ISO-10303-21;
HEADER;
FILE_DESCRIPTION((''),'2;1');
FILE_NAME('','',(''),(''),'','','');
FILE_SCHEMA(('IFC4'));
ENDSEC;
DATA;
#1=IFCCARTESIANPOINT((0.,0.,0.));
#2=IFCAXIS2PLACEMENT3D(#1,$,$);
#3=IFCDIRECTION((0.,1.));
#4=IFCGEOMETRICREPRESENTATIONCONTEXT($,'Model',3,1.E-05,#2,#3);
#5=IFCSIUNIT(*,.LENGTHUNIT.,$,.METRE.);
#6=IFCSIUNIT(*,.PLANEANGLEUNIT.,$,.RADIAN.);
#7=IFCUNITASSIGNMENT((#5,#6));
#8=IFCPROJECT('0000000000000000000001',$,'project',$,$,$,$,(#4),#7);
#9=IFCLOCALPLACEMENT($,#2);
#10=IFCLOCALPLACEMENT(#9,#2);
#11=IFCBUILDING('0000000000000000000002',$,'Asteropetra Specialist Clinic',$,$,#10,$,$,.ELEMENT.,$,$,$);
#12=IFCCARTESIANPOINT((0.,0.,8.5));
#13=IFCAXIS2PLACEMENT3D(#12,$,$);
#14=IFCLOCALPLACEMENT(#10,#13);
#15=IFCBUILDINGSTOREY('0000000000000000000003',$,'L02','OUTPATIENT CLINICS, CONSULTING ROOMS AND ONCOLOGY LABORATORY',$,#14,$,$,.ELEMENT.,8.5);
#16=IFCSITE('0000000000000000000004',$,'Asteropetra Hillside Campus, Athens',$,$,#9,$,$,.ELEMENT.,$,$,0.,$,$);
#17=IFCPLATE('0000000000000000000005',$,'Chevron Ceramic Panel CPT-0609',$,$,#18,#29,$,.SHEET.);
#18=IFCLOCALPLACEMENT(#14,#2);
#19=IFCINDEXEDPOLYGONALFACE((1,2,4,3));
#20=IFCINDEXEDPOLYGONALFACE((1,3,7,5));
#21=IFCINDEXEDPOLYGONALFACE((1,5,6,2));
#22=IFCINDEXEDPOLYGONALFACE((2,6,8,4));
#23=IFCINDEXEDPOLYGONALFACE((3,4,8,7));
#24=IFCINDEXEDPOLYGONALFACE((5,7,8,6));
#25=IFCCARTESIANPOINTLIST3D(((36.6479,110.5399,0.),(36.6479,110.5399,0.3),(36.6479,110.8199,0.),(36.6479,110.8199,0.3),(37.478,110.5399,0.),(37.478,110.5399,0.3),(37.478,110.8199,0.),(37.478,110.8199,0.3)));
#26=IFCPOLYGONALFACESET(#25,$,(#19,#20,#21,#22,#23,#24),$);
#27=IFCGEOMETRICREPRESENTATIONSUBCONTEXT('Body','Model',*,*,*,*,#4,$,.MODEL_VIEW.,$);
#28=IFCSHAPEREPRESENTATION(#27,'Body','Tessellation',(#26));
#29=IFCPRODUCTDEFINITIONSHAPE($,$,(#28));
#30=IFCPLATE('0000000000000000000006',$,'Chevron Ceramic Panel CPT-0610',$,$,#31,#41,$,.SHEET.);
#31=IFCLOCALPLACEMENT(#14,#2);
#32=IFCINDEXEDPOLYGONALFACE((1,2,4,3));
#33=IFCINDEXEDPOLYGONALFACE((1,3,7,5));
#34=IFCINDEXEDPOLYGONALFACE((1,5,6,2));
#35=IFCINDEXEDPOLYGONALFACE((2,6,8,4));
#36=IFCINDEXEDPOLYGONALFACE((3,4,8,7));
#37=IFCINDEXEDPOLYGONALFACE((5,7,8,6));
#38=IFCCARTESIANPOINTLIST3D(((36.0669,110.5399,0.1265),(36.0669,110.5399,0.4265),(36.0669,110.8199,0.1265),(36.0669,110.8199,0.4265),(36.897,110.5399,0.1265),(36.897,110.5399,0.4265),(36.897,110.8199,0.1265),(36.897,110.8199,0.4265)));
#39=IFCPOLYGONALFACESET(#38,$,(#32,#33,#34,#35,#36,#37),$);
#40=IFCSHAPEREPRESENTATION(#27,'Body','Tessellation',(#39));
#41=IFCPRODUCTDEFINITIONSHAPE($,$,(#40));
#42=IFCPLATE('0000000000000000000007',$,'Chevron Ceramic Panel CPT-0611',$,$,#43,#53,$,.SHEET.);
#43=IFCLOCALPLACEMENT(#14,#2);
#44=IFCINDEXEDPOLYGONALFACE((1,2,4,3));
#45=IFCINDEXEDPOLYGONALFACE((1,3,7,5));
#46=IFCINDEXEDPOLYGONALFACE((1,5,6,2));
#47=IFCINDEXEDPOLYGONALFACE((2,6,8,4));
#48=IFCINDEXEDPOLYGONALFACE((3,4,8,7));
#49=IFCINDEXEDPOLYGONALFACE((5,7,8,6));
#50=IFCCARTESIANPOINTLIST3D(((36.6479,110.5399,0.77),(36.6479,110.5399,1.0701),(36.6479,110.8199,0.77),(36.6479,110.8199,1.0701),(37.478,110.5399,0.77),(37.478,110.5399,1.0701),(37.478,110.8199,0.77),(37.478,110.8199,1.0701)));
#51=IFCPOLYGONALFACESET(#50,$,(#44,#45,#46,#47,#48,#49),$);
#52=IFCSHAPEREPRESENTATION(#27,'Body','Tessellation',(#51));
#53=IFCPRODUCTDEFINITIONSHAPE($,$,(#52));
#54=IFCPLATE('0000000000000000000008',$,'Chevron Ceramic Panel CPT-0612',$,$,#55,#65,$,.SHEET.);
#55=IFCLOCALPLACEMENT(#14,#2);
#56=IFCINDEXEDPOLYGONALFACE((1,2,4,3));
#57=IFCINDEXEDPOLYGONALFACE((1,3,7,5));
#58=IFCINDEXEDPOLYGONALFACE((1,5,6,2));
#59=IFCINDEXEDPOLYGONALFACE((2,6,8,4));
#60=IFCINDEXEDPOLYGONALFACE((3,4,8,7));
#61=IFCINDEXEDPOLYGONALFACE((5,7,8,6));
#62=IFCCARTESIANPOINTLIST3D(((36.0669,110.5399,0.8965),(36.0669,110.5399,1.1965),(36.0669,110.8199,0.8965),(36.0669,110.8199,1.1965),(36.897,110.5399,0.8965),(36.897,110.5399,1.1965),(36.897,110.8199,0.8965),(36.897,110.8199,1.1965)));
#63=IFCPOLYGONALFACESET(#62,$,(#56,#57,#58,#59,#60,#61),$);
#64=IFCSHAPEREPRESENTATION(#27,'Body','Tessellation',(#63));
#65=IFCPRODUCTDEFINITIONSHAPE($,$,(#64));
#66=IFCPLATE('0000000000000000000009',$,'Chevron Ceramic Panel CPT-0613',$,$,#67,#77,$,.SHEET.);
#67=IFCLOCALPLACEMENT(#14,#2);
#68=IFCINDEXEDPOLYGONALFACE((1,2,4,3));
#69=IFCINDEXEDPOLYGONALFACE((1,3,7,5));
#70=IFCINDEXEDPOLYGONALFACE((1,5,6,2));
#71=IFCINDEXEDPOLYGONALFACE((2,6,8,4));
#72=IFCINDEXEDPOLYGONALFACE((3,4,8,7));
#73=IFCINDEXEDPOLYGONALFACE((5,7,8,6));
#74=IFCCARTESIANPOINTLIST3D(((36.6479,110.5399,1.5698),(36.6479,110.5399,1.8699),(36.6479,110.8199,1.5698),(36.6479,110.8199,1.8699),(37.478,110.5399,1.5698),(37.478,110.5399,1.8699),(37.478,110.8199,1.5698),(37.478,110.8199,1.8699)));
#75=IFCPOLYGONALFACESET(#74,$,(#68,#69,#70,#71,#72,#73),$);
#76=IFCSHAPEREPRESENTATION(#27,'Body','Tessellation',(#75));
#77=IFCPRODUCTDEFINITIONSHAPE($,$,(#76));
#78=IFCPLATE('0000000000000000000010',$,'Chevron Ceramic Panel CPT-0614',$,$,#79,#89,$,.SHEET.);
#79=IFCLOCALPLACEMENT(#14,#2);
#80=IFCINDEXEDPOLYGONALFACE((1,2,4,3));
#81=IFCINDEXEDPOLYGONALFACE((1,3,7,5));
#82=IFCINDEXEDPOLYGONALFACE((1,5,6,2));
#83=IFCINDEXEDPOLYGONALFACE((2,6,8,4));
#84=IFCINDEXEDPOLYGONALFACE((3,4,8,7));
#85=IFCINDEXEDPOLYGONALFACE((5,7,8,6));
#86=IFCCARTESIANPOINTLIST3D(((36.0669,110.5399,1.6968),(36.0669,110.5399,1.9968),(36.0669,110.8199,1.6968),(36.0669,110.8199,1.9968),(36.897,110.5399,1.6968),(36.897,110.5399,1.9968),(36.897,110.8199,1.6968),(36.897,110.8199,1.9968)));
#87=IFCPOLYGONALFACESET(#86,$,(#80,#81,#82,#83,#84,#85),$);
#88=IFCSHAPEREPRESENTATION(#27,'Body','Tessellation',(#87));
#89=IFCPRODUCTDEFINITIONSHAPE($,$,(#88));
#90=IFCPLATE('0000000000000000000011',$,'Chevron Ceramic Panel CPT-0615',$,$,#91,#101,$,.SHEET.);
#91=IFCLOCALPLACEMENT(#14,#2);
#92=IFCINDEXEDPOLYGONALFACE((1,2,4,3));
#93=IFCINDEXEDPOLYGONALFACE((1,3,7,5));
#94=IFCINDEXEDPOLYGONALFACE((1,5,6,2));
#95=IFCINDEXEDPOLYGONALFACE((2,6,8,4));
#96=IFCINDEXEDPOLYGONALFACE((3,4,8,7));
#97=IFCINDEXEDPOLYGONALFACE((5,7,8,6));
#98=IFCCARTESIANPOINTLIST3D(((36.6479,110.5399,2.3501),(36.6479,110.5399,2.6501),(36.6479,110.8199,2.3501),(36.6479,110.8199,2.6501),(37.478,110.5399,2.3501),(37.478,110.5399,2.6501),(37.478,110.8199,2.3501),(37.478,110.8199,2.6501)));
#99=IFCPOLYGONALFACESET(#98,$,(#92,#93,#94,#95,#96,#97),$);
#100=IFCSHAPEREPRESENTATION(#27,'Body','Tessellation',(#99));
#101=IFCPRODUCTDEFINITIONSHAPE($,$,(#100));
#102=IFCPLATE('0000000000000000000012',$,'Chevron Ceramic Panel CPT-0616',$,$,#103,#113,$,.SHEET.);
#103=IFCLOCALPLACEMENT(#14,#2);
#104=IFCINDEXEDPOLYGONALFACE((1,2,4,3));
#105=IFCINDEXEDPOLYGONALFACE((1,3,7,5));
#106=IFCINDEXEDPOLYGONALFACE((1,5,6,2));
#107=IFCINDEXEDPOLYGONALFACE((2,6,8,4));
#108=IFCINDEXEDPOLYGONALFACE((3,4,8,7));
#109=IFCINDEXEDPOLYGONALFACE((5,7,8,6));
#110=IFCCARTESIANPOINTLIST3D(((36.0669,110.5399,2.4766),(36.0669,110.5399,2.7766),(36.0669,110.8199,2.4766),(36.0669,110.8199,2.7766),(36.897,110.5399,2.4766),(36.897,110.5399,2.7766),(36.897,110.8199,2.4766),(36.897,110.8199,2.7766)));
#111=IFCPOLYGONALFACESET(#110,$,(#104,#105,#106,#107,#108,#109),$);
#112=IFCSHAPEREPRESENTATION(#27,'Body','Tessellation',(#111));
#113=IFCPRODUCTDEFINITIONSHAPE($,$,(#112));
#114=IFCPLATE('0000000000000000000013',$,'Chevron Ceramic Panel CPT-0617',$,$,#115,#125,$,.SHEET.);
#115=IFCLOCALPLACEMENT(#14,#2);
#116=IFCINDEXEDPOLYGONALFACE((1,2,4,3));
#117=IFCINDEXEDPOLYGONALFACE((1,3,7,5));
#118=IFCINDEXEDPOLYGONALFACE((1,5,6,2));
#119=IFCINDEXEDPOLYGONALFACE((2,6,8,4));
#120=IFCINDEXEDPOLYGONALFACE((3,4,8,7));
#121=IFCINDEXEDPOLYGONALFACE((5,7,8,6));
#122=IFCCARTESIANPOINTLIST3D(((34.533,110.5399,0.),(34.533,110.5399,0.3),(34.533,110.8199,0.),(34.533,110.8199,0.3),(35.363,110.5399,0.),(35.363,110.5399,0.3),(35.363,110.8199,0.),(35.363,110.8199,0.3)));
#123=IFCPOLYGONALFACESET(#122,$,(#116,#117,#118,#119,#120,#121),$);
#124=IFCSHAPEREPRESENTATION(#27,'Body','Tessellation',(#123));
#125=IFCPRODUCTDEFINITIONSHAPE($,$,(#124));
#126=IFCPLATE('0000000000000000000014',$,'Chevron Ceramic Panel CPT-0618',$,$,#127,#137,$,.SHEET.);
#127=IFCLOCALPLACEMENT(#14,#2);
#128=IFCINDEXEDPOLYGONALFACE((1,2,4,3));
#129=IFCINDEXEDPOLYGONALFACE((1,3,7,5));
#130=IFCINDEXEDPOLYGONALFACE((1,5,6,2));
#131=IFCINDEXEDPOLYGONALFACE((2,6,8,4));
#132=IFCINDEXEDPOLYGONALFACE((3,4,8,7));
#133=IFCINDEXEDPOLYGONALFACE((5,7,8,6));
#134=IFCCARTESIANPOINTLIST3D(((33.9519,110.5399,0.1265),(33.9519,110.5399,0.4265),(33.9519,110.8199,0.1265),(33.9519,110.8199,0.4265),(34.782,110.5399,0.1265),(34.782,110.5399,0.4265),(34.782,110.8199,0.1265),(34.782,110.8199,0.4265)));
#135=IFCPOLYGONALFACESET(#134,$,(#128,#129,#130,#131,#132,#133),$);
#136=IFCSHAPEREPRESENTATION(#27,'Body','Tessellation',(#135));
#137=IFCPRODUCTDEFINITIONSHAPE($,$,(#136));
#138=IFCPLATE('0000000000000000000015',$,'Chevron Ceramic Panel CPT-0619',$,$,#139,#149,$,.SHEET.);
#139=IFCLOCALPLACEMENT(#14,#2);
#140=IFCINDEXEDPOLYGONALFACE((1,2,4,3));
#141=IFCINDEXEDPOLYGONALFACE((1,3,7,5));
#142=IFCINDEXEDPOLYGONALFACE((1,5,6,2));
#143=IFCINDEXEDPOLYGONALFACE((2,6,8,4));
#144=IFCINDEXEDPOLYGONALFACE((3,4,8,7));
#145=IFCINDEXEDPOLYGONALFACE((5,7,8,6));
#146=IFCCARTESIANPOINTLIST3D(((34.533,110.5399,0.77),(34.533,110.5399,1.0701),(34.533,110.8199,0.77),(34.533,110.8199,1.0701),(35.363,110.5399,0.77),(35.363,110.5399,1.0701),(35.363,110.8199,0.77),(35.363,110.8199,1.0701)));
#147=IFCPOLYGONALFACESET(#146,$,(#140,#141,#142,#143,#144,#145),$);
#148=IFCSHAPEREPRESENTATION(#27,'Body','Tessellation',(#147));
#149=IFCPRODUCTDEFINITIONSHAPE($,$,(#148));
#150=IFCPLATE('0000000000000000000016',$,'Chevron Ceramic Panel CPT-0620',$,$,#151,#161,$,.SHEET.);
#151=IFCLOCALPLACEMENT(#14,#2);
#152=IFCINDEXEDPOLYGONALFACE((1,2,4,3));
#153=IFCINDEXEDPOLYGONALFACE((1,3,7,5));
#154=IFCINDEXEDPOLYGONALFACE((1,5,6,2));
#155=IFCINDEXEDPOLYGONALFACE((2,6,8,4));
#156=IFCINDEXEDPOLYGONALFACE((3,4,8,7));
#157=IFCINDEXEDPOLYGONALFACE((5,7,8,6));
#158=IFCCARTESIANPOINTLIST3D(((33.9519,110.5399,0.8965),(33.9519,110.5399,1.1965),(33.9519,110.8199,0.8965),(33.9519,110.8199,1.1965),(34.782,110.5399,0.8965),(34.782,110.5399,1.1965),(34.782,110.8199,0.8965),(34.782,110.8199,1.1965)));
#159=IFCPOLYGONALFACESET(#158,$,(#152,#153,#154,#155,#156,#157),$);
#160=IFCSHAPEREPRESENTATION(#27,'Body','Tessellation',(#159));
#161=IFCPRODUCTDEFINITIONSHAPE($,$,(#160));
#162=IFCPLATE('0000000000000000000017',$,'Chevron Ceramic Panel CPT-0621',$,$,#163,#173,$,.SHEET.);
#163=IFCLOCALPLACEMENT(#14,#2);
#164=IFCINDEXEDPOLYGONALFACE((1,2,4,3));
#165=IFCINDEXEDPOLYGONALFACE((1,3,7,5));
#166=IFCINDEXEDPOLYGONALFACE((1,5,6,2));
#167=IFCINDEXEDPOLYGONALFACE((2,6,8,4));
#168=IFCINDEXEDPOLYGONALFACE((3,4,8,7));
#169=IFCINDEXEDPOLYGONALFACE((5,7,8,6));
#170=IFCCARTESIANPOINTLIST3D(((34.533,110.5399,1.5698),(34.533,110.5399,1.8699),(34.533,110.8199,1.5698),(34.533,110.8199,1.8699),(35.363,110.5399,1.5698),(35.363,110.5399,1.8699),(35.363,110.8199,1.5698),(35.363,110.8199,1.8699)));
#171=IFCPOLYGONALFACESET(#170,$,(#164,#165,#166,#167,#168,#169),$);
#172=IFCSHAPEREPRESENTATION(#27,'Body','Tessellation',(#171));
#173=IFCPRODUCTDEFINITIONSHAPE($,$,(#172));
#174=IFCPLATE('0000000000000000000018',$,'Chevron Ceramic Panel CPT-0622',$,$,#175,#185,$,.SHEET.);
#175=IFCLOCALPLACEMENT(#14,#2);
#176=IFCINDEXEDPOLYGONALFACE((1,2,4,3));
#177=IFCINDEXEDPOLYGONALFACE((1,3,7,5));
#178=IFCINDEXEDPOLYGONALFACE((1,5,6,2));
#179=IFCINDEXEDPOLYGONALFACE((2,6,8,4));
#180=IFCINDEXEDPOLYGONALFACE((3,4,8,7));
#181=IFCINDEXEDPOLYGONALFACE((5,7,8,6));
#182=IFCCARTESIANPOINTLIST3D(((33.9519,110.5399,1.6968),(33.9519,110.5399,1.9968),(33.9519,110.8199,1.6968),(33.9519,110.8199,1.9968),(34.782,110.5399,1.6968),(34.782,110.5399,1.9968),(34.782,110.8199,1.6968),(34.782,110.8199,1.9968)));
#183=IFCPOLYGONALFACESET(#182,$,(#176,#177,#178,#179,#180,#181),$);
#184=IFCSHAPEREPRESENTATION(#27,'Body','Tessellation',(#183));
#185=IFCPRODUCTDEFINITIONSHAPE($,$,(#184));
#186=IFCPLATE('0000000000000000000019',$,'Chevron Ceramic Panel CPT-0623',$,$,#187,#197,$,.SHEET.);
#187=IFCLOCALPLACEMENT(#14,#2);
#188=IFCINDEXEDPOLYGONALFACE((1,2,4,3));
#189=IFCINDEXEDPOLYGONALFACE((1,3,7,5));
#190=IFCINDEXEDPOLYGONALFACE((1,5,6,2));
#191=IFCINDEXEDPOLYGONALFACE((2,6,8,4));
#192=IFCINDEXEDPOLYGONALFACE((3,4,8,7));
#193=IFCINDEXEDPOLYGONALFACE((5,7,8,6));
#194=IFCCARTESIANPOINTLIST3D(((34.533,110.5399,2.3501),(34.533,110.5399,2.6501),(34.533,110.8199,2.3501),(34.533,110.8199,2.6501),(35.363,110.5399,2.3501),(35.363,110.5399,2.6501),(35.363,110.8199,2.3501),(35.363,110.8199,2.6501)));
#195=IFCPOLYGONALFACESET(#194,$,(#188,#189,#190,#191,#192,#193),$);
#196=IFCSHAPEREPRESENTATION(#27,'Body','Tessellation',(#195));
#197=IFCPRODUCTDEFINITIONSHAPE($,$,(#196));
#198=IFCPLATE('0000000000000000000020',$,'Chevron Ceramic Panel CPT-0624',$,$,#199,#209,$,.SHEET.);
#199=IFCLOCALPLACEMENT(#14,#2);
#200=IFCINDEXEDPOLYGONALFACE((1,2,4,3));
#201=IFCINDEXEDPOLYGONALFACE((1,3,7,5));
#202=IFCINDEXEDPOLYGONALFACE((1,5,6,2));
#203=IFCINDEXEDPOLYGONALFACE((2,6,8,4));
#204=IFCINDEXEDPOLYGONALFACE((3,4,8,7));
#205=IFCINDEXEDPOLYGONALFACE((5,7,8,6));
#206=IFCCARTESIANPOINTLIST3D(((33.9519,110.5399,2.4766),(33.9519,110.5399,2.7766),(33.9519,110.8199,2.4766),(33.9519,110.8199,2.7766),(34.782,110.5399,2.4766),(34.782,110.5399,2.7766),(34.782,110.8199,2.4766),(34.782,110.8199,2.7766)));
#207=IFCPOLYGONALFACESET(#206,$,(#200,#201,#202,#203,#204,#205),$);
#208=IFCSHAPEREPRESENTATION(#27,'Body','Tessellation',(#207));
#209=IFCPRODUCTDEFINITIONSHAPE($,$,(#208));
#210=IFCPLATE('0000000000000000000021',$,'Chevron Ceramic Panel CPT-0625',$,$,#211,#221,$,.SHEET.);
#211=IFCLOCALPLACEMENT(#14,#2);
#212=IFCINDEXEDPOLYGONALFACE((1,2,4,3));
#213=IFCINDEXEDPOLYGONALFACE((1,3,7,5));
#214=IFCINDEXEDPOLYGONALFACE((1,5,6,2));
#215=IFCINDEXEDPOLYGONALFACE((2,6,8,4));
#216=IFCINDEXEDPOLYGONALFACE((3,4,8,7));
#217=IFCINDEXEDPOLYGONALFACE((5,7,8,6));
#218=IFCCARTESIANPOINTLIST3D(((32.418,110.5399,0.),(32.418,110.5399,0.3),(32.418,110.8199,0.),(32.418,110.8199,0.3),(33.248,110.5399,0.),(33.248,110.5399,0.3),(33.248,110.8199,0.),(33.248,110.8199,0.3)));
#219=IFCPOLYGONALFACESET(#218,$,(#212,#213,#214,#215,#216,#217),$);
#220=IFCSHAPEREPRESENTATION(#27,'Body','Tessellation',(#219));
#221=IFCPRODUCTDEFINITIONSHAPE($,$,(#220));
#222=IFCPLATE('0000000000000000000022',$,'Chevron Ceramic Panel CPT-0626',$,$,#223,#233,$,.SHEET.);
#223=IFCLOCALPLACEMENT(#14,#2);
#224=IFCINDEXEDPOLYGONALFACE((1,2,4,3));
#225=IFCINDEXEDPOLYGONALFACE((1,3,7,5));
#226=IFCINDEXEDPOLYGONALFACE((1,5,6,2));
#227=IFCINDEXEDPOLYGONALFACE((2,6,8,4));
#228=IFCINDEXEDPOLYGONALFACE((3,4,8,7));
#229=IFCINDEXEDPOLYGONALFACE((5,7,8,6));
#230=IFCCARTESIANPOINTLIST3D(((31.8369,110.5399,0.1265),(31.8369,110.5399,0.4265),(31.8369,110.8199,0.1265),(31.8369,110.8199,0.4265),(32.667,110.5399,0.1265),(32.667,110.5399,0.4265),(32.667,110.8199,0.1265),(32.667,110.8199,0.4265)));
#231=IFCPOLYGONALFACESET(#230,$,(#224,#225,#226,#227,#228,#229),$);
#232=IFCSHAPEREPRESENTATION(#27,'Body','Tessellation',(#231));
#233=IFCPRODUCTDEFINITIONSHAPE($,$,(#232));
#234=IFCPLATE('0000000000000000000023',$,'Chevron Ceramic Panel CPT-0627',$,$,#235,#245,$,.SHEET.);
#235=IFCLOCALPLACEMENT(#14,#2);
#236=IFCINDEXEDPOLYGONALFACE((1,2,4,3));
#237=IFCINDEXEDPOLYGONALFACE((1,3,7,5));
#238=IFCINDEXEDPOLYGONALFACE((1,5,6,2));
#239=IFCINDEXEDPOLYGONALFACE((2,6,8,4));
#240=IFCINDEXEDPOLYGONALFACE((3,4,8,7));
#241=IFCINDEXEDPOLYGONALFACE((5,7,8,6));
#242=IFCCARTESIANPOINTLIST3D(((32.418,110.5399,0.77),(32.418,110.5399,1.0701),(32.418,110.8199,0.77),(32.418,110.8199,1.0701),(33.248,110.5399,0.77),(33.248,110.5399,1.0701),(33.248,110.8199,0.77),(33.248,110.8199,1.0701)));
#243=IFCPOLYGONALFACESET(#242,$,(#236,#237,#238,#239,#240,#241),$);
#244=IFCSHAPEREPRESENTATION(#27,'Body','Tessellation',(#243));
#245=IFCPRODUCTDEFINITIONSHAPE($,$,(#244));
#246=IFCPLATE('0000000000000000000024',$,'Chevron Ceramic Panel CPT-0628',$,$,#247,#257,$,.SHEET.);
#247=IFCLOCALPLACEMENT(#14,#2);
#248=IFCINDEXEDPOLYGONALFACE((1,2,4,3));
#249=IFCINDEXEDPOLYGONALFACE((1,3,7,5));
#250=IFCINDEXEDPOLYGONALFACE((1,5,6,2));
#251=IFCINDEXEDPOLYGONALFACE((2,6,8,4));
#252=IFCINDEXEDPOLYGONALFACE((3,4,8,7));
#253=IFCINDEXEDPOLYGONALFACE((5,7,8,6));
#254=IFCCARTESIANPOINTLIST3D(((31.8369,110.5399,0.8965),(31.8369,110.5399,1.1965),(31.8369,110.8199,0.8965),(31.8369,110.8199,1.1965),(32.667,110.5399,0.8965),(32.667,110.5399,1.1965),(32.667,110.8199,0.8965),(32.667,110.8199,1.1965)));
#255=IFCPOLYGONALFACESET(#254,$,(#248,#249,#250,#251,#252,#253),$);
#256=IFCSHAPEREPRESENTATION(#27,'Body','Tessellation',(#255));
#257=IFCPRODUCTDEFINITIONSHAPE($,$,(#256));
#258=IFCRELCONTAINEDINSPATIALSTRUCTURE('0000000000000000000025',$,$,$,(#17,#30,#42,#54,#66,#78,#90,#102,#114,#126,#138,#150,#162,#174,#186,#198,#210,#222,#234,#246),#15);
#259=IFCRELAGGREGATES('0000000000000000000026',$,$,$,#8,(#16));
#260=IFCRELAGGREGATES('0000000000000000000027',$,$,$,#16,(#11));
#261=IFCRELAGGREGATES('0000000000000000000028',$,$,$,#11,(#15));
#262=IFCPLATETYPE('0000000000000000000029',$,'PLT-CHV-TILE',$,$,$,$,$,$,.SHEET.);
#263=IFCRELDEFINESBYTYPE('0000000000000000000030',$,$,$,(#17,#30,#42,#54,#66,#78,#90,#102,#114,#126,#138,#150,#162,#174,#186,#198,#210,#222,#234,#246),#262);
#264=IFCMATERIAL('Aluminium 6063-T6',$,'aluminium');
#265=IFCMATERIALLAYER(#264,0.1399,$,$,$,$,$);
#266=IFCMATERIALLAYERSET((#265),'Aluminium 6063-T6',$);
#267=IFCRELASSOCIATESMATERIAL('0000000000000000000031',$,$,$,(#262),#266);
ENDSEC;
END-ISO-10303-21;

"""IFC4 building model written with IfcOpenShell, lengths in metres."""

from ifc_helpers import new_model, si_unit, direction, frame, origin, origin_2d, place, context, subcontext, project, spatial, rectangle, extrude, material, layer, layer_set, type_object, element, save


model = new_model("IFC4")

# Units and contexts
model_context = context("Model", 3, precision=1e-05, world=origin(), true_north=direction((0.0, 1.0)))
body_context = subcontext(model_context, "Body", "Model", "MODEL_VIEW")
ifc_project = project(units=[si_unit("LENGTHUNIT", "METRE"), si_unit("PLANEANGLEUNIT", "RADIAN")], contexts=[model_context])

# Site, building, storey
site_placement = place(None, origin())
site = spatial("IfcSite", under=ifc_project, at=site_placement, Name="Asteropetra Hillside Campus, Athens", CompositionType="ELEMENT", RefElevation=0.0)
building_placement = place(site_placement, origin())
building = spatial("IfcBuilding", under=site, at=building_placement, Name="Asteropetra Specialist Clinic", CompositionType="ELEMENT")
storey_placement = place(building_placement, frame((0.0, 0.0, 8.5)))
storey = spatial("IfcBuildingStorey", under=building, at=storey_placement, Name="L02", Description="OUTPATIENT CLINICS, CONSULTING ROOMS AND ONCOLOGY LABORATORY", CompositionType="ELEMENT", Elevation=8.5)

# Plates
ifc_material_1 = material(Name="Aluminium 6063-T6", Category="aluminium")
ifc_layer_1 = layer(ifc_material_1, 0.1399)
ifc_layer_set_1 = layer_set([ifc_layer_1], Name="Aluminium 6063-T6")
plate_type_1 = type_object("IfcPlateType", Name="PLT-CHV-TILE", PredefinedType="SHEET", material=ifc_layer_set_1)
for number, where, z_axis, x_axis, name in (
    (1, (37.063, 110.6799, 0.0), (0.0, 0.0, 1.0), (1.0, 0.0, 0.0), "Chevron Ceramic Panel CPT-0609"),
    (2, (36.4819, 110.6799, 0.1265), (0.0, 0.0, 1.0), (1.0, 0.0, 0.0), "Chevron Ceramic Panel CPT-0610"),
    (3, (37.063, 110.6799, 0.77), (0.0, 0.0, 1.0), (1.0, 0.0, 0.0), "Chevron Ceramic Panel CPT-0611"),
    (4, (36.4819, 110.6799, 0.8965), (0.0, 0.0, 1.0), (1.0, 0.0, 0.0), "Chevron Ceramic Panel CPT-0612"),
    (5, (37.063, 110.6799, 1.5698), (0.0, 0.0, 1.0), (1.0, 0.0, 0.0), "Chevron Ceramic Panel CPT-0613"),
    (6, (36.4819, 110.6799, 1.6968), (0.0, 0.0, 1.0), (1.0, 0.0, 0.0), "Chevron Ceramic Panel CPT-0614"),
    (7, (37.063, 110.6799, 2.3501), (0.0, 0.0, 1.0), (1.0, 0.0, 0.0), "Chevron Ceramic Panel CPT-0615"),
    (8, (36.4819, 110.6799, 2.4766), (0.0, 0.0, 1.0), (1.0, 0.0, 0.0), "Chevron Ceramic Panel CPT-0616"),
    (9, (34.948, 110.6799, 0.0), (0.0, 0.0, 1.0), (1.0, 0.0, 0.0), "Chevron Ceramic Panel CPT-0617"),
    (10, (34.3669, 110.6799, 0.1265), (0.0, 0.0, 1.0), (1.0, 0.0, 0.0), "Chevron Ceramic Panel CPT-0618"),
    (11, (34.948, 110.6799, 0.77), (0.0, 0.0, 1.0), (1.0, 0.0, 0.0), "Chevron Ceramic Panel CPT-0619"),
    (12, (34.3669, 110.6799, 0.8965), (0.0, 0.0, 1.0), (1.0, 0.0, 0.0), "Chevron Ceramic Panel CPT-0620"),
    (13, (34.948, 110.6799, 1.5698), (0.0, 0.0, 1.0), (1.0, 0.0, 0.0), "Chevron Ceramic Panel CPT-0621"),
    (14, (34.3669, 110.6799, 1.6968), (0.0, 0.0, 1.0), (1.0, 0.0, 0.0), "Chevron Ceramic Panel CPT-0622"),
    (15, (34.948, 110.6799, 2.3501), (0.0, 0.0, 1.0), (1.0, 0.0, 0.0), "Chevron Ceramic Panel CPT-0623"),
    (16, (34.3669, 110.6799, 2.4766), (0.0, 0.0, 1.0), (1.0, 0.0, 0.0), "Chevron Ceramic Panel CPT-0624"),
    (17, (32.833, 110.6799, 0.0), (0.0, 0.0, 1.0), (1.0, 0.0, 0.0), "Chevron Ceramic Panel CPT-0625"),
    (18, (32.252, 110.6799, 0.1265), (0.0, 0.0, 1.0), (1.0, 0.0, 0.0), "Chevron Ceramic Panel CPT-0626"),
    (19, (32.833, 110.6799, 0.77), (0.0, 0.0, 1.0), (1.0, 0.0, 0.0), "Chevron Ceramic Panel CPT-0627"),
    (20, (32.252, 110.6799, 0.8965), (0.0, 0.0, 1.0), (1.0, 0.0, 0.0), "Chevron Ceramic Panel CPT-0628"),
):
    element("IfcPlate", number, at=place(storey_placement, frame(where, z_axis=z_axis, x_axis=x_axis)), inside=storey, type_object=plate_type_1, Name=name, PredefinedType="SHEET", context=body_context, shape_type="SweptSolid", body=[
        extrude(rectangle(XDim=0.8301, YDim=0.28, at=origin_2d()), origin(), (0.0, 0.0, 1.0), 0.3),
    ])

save(model, "model.ifc")
